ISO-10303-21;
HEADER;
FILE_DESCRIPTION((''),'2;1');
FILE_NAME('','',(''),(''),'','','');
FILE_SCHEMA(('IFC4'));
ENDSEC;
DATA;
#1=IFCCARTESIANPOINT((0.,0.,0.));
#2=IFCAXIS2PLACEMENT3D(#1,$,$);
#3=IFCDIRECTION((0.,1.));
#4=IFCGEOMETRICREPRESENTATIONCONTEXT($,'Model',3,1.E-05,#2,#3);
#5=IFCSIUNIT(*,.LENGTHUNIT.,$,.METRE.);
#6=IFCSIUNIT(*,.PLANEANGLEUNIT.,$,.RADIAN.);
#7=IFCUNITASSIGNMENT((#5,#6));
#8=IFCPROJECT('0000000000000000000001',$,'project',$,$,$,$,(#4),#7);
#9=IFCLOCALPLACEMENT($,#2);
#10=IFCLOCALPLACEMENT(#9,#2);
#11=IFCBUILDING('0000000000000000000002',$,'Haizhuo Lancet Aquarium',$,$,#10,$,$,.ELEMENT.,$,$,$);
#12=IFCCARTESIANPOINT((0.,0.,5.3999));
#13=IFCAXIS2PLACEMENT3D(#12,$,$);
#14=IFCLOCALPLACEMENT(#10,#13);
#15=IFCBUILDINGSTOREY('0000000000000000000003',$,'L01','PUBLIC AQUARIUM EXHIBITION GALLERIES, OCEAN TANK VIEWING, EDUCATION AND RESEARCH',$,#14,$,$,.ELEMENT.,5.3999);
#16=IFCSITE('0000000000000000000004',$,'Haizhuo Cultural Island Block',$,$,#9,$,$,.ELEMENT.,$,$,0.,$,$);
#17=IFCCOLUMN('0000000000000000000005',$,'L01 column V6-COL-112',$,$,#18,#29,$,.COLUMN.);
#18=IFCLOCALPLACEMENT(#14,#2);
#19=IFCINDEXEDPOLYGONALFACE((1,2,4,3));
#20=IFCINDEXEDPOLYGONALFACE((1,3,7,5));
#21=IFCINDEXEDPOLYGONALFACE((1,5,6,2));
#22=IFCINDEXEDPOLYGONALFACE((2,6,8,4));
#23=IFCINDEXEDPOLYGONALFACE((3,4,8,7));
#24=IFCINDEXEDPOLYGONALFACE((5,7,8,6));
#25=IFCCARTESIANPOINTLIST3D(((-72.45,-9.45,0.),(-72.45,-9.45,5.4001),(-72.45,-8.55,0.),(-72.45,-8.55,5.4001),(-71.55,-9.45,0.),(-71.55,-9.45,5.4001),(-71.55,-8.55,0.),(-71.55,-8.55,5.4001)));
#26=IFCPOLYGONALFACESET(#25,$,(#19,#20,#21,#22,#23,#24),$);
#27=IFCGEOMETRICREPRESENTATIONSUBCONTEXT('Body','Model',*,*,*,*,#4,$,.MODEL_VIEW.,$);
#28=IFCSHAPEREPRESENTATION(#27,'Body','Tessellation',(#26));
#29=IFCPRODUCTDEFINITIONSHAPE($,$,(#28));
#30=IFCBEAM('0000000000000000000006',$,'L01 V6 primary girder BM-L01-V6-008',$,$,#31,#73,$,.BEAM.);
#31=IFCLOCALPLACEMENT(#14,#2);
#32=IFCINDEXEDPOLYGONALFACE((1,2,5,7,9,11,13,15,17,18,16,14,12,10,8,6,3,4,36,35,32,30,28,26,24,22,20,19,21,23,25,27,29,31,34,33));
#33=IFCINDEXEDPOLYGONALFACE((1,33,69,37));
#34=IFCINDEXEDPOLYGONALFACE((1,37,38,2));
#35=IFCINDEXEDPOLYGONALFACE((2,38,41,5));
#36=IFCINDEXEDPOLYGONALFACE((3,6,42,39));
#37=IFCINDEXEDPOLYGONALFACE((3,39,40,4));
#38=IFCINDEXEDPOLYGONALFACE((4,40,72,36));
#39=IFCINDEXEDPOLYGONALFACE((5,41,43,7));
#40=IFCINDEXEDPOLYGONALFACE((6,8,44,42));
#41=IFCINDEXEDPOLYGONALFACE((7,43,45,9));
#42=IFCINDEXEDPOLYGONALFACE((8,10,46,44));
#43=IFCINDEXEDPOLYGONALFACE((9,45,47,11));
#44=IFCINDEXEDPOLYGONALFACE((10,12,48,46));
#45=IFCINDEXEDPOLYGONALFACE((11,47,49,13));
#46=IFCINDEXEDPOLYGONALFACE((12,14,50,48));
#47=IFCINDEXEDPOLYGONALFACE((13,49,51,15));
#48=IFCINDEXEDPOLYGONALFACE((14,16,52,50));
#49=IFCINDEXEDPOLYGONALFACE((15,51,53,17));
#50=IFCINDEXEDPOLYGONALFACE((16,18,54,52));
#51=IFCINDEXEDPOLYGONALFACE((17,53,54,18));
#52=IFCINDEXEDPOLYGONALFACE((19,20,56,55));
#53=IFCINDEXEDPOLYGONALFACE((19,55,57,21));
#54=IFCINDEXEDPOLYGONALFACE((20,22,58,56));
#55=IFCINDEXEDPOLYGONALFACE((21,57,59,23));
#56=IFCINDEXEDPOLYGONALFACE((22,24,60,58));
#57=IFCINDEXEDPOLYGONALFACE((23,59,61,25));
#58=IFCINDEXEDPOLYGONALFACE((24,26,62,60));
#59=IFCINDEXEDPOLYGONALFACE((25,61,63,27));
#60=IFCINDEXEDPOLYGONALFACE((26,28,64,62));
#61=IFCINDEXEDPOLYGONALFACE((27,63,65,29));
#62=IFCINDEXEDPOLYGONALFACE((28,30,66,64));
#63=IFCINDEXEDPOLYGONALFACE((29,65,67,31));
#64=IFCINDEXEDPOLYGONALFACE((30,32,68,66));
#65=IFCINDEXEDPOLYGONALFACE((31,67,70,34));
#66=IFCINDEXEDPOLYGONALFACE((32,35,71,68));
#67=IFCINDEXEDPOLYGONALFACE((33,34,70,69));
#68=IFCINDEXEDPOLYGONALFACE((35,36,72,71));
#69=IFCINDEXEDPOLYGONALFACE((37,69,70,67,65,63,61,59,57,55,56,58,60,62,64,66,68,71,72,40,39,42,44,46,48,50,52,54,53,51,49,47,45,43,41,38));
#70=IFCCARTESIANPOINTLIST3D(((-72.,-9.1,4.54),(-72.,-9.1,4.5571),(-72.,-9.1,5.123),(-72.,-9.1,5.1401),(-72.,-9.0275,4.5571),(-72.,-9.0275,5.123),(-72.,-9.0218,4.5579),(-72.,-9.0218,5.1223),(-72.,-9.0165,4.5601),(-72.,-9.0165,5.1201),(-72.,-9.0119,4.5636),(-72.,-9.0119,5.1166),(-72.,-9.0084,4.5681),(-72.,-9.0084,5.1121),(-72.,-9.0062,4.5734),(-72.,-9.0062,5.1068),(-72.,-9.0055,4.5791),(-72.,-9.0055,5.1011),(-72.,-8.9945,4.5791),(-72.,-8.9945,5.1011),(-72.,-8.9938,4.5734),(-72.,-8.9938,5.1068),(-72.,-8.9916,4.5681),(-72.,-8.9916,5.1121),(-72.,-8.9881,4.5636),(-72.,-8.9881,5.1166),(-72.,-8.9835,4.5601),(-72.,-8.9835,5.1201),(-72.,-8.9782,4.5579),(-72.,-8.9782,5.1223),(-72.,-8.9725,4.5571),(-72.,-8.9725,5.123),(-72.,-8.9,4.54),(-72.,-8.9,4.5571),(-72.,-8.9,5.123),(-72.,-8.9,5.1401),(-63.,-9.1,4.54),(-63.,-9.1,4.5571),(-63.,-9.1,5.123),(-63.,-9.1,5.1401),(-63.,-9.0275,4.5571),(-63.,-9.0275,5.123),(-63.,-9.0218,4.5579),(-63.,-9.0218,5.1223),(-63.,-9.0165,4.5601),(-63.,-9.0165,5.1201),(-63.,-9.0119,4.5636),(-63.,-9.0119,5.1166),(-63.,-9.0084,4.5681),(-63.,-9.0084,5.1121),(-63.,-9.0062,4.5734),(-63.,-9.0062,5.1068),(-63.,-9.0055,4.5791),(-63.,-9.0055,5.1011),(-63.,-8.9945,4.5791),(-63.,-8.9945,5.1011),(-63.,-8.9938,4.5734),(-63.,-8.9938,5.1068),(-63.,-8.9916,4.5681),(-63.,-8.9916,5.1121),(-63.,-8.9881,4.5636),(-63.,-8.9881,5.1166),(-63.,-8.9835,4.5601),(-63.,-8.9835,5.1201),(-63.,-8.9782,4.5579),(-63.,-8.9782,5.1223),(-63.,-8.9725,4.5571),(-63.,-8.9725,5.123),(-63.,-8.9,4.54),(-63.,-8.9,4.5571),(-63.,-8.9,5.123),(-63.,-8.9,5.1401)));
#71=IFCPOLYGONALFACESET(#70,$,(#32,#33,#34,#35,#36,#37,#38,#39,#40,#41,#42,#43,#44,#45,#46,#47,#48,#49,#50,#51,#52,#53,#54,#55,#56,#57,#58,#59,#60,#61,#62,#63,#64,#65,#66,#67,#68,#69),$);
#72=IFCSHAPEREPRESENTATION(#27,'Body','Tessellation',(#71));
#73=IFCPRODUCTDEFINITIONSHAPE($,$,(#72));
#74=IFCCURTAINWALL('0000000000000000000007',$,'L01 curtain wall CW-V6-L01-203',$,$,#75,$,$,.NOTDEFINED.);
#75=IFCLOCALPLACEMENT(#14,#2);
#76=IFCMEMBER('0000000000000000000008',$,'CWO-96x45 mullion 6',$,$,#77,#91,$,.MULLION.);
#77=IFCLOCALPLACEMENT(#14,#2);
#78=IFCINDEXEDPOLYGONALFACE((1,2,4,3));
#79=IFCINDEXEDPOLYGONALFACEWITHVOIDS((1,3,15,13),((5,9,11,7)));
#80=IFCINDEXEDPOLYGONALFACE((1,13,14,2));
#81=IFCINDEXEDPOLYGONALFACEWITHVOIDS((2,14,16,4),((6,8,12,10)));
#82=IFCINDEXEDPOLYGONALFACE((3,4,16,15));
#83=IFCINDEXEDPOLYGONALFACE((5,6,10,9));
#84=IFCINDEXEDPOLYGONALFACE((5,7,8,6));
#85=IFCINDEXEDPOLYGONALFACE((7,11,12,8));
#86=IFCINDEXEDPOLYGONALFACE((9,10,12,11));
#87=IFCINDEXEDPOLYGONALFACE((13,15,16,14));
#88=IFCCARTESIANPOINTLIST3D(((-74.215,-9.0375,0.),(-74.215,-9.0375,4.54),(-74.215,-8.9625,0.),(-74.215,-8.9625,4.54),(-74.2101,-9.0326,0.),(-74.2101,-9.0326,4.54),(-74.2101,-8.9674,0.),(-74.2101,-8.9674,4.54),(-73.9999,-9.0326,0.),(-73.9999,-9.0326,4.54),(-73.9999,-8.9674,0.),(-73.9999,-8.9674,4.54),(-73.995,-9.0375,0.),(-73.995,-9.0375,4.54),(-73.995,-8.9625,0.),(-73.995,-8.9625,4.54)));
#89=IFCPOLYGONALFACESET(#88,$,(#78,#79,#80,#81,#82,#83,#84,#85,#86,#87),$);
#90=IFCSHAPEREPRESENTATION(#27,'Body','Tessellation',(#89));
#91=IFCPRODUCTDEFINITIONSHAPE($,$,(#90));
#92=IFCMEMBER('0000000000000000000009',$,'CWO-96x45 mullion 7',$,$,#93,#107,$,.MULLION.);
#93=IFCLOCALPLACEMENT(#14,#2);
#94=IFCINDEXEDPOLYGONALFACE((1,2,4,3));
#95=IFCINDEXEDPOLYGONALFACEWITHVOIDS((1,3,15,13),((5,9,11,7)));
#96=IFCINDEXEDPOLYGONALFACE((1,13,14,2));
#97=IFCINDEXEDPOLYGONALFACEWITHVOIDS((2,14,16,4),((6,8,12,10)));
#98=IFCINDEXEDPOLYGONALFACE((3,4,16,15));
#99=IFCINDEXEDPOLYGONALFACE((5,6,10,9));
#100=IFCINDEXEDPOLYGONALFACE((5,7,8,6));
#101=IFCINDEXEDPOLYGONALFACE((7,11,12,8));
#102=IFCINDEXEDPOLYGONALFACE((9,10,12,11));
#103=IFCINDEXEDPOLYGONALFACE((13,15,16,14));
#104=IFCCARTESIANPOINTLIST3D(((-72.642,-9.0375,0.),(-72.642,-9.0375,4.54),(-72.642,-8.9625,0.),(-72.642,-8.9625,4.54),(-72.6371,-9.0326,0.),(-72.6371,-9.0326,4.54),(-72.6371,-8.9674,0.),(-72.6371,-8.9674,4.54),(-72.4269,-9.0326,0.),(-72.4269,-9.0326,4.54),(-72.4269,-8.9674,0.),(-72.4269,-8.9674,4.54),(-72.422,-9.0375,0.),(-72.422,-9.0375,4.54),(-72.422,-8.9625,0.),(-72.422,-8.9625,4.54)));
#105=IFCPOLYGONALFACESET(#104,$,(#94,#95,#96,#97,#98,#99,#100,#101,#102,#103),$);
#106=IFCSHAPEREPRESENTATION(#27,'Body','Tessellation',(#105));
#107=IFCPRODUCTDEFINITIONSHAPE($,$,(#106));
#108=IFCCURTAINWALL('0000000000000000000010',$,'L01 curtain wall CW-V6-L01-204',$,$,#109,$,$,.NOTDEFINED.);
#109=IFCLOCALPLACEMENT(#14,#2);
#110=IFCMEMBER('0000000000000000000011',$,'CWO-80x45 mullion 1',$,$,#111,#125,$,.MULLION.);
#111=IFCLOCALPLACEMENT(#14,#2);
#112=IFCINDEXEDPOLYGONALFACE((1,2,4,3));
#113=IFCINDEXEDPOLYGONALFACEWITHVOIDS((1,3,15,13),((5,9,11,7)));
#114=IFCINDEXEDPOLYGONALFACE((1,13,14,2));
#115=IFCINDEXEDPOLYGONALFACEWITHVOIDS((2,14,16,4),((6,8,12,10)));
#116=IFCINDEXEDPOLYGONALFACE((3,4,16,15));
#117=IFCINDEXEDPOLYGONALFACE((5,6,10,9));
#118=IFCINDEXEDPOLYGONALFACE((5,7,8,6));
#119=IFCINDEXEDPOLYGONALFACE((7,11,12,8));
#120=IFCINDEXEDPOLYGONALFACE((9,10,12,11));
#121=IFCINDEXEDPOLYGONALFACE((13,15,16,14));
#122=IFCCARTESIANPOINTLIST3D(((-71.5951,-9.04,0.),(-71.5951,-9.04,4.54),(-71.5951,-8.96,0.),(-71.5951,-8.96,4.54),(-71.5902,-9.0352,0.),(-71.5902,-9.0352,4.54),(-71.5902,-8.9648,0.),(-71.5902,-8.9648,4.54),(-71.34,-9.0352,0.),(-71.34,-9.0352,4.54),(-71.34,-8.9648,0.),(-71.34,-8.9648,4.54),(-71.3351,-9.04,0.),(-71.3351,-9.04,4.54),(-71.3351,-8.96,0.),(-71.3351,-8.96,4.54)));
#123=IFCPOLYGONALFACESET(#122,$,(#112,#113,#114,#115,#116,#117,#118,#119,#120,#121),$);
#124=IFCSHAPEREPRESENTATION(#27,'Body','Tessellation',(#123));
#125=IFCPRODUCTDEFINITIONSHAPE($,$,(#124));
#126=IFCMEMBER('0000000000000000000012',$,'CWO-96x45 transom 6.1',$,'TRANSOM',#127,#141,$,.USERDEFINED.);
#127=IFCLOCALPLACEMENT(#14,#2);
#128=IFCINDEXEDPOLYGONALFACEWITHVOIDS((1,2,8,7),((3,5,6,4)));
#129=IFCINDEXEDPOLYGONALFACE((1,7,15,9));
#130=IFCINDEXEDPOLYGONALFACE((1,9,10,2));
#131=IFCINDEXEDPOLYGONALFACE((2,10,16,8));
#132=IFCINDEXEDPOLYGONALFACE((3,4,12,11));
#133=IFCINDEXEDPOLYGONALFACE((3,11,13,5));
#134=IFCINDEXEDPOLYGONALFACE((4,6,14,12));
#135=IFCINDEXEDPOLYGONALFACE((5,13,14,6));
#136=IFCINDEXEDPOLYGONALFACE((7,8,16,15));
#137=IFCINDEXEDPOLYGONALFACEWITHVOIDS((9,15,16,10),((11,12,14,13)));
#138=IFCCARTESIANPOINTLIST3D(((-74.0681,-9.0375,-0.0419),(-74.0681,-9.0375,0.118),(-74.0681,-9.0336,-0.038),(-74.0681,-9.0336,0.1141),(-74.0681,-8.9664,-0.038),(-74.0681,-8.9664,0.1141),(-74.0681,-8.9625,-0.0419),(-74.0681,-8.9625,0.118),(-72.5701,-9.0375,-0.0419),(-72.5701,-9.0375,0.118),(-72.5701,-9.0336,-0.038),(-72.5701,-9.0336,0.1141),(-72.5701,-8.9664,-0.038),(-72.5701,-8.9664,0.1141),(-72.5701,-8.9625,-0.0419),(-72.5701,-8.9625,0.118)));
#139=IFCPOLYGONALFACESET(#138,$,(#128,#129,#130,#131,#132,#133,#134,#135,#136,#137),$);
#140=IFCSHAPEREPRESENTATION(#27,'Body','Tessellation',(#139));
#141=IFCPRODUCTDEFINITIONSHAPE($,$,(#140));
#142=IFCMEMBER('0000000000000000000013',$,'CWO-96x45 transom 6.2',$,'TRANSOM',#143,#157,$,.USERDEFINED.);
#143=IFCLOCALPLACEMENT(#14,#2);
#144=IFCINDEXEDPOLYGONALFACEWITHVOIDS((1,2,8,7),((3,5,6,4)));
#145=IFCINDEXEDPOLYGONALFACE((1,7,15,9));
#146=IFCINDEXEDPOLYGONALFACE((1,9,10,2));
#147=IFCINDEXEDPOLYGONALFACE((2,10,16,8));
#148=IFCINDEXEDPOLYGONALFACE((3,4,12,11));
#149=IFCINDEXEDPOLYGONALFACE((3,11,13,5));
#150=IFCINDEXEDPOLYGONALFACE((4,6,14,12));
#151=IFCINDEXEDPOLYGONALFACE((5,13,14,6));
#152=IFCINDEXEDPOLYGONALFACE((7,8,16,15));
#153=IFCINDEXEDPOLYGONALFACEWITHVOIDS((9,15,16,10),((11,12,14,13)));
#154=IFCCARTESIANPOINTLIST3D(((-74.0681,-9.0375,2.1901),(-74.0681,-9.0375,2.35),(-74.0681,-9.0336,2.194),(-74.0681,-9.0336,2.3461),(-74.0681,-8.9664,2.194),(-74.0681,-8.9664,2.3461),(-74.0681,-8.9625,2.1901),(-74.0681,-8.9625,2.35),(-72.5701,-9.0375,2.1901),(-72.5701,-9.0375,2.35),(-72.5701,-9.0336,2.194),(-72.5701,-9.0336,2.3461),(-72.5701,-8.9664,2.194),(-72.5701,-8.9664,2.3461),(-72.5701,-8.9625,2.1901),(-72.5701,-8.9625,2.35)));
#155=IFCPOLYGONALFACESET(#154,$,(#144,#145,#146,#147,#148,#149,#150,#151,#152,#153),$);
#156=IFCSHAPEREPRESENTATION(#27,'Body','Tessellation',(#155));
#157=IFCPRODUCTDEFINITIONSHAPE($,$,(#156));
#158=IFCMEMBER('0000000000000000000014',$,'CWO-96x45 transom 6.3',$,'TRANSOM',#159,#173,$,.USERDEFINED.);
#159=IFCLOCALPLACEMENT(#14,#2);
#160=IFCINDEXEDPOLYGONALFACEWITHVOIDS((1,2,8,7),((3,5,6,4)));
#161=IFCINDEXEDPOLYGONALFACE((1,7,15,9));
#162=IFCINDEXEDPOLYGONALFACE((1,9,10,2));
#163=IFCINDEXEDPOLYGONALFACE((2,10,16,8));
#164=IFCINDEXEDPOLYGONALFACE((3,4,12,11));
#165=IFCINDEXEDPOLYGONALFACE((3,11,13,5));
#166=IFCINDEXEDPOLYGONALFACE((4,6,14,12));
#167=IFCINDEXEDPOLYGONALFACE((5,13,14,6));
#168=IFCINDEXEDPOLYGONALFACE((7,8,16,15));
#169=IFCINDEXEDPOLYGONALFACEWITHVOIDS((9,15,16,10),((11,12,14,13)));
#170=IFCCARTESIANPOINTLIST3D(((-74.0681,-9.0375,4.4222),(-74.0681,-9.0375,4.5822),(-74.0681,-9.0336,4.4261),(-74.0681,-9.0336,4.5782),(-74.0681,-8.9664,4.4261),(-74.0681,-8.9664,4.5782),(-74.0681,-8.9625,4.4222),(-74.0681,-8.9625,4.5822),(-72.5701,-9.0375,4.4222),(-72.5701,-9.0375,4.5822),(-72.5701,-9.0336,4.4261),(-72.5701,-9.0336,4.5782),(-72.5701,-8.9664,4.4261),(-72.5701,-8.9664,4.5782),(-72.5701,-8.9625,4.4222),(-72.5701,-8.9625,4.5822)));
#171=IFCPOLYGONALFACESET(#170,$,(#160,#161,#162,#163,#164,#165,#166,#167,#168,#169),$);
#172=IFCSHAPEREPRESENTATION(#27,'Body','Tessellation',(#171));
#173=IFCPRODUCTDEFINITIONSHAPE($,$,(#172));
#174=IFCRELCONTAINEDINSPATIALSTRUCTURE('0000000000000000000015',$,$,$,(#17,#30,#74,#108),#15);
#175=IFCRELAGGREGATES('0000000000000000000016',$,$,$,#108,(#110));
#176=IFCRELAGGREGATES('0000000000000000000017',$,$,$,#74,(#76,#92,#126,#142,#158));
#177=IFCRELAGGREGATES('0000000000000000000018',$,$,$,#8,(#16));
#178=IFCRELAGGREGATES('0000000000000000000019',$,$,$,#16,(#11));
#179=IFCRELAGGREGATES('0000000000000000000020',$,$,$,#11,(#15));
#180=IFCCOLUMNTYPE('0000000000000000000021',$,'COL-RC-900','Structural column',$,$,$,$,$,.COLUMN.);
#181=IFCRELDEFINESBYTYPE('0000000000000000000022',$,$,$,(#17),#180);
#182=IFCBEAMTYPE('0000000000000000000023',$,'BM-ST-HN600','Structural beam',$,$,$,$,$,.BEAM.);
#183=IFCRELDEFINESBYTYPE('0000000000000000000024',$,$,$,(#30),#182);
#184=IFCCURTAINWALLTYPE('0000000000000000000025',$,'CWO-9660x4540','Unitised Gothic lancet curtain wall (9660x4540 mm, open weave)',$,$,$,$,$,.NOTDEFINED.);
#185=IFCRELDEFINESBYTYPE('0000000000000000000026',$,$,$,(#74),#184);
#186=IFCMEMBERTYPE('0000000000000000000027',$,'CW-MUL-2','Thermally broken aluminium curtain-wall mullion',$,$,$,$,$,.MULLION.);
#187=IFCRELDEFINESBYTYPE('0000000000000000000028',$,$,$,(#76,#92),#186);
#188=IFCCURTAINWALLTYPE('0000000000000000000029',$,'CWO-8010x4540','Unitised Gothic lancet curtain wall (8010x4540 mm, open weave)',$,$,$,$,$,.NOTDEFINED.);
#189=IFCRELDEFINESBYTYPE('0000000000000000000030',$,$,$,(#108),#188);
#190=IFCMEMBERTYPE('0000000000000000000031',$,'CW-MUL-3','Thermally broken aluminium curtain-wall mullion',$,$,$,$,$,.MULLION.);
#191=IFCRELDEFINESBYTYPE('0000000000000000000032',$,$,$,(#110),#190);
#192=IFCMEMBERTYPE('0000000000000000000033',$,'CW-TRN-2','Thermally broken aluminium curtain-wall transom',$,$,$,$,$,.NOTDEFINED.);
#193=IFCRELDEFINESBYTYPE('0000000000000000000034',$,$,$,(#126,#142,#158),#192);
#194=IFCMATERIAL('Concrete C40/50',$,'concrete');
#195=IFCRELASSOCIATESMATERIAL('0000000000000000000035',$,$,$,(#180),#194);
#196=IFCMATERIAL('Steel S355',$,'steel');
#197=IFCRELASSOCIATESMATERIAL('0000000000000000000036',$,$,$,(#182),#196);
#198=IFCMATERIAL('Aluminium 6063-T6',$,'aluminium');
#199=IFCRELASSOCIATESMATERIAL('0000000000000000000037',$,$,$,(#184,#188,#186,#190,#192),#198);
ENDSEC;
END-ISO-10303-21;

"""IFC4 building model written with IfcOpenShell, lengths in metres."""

from ifc_helpers import new_model, si_unit, direction, frame, origin, origin_2d, place, context, subcontext, project, spatial, rectangle, hollow_rectangle, i_section, extrude, material, material_profile, profile_set, type_object, element, aggregate, save


model = new_model("IFC4")

# Units and contexts
model_context = context("Model", 3, precision=1e-05, world=origin(), true_north=direction((0.0, 1.0)))
body_context = subcontext(model_context, "Body", "Model", "MODEL_VIEW")
ifc_project = project(units=[si_unit("LENGTHUNIT", "METRE"), si_unit("PLANEANGLEUNIT", "RADIAN")], contexts=[model_context])

# Site, building, storey
site_placement = place(None, origin())
site = spatial("IfcSite", under=ifc_project, at=site_placement, Name="Haizhuo Cultural Island Block", CompositionType="ELEMENT", RefElevation=0.0)
building_placement = place(site_placement, origin())
building = spatial("IfcBuilding", under=site, at=building_placement, Name="Haizhuo Lancet Aquarium", CompositionType="ELEMENT")
storey_placement = place(building_placement, frame((0.0, 0.0, 5.3999)))
storey = spatial("IfcBuildingStorey", under=building, at=storey_placement, Name="L01", Description="PUBLIC AQUARIUM EXHIBITION GALLERIES, OCEAN TANK VIEWING, EDUCATION AND RESEARCH", CompositionType="ELEMENT", Elevation=5.3999)

# Column
ifc_material_1 = material(Name="Concrete C40/50", Category="concrete")
ifc_material_profile_1 = material_profile(ifc_material_1, rectangle(XDim=0.8999, YDim=0.8999, at=origin_2d()), Name="RC-COL 900x900")
ifc_profile_set_1 = profile_set([ifc_material_profile_1], Name="Concrete C40/50")
column_type = type_object("IfcColumnType", Name="COL-RC-900", Description="Structural column", PredefinedType="COLUMN", material=ifc_profile_set_1)
column_placement = place(storey_placement, frame((-72.0, -9.0, 0.0), z_axis=(0.0, 0.0, 1.0), x_axis=(1.0, 0.0, 0.0)))
element("IfcColumn", 1, at=column_placement, inside=storey, type_object=column_type, Name="L01 column V6-COL-112", PredefinedType="COLUMN", context=body_context, shape_type="SweptSolid", body=[
    extrude(rectangle(XDim=0.8999, YDim=0.8999, at=origin_2d()), origin(), (0.0, 0.0, 1.0), 5.4001),
])

# Beam
ifc_material_2 = material(Name="Steel S355", Category="steel")
ifc_material_profile_2 = material_profile(ifc_material_2, i_section(OverallWidth=0.2, OverallDepth=0.6001, WebThickness=0.011, FlangeThickness=0.0171, FilletRadius=0.022, at=origin_2d()), Name="HN 600x200x11x17")
ifc_profile_set_2 = profile_set([ifc_material_profile_2], Name="Steel S355")
beam_type_1 = type_object("IfcBeamType", Name="BM-ST-HN600", Description="Structural beam", PredefinedType="BEAM", material=ifc_profile_set_2)
beam_1_placement = place(storey_placement, frame((-72.0, -9.0, 4.8401), z_axis=(1.0, 0.0, 0.0), x_axis=(0.0, 1.0, 0.0)))
element("IfcBeam", 2, at=beam_1_placement, inside=storey, type_object=beam_type_1, Name="L01 V6 primary girder BM-L01-V6-008", PredefinedType="BEAM", context=body_context, shape_type="SweptSolid", body=[
    extrude(i_section(OverallWidth=0.2, OverallDepth=0.6001, WebThickness=0.011, FlangeThickness=0.0171, FilletRadius=0.022, at=origin_2d()), origin(), (0.0, 0.0, 1.0), 9.0),
])

# Curtain wall, members
ifc_material_3 = material(Name="Aluminium 6063-T6", Category="aluminium")
curtain_wall_type_1 = type_object("IfcCurtainWallType", Name="CWO-9660x4540", Description="Unitised Gothic lancet curtain wall (9660x4540 mm, open weave)", PredefinedType="NOTDEFINED", material=ifc_material_3)
curtain_wall_1_placement = place(storey_placement, origin())
curtain_wall_1 = element("IfcCurtainWall", 3, at=curtain_wall_1_placement, inside=storey, type_object=curtain_wall_type_1, Name="L01 curtain wall CW-V6-L01-203", PredefinedType="NOTDEFINED")
ifc_material_profile_3 = material_profile(ifc_material_3, hollow_rectangle(XDim=0.075, YDim=0.22, WallThickness=0.0049, at=origin_2d()), Name="ALU-M 75x220x5")
ifc_profile_set_3 = profile_set([ifc_material_profile_3], Name="Aluminium 6063-T6")
member_type_1 = type_object("IfcMemberType", Name="CW-MUL-2", Description="Thermally broken aluminium curtain-wall mullion", PredefinedType="MULLION", material=ifc_profile_set_3)
member_1_placement = place(storey_placement, frame((-74.105, -9.0, 0.0), z_axis=(0.0, 0.0, 1.0), x_axis=(0.0, 1.0, 0.0)))
member_1 = element("IfcMember", 4, at=member_1_placement, type_object=member_type_1, Name="CWO-96x45 mullion 6", PredefinedType="MULLION", context=body_context, shape_type="SweptSolid", body=[
    extrude(hollow_rectangle(XDim=0.075, YDim=0.22, WallThickness=0.0049, at=origin_2d()), origin(), (0.0, 0.0, 1.0), 4.54),
])
member_2_placement = place(storey_placement, frame((-72.532, -9.0, 0.0), z_axis=(0.0, 0.0, 1.0), x_axis=(0.0, 1.0, 0.0)))
member_2 = element("IfcMember", 5, at=member_2_placement, type_object=member_type_1, Name="CWO-96x45 mullion 7", PredefinedType="MULLION", context=body_context, shape_type="SweptSolid", body=[
    extrude(hollow_rectangle(XDim=0.075, YDim=0.22, WallThickness=0.0049, at=origin_2d()), origin(), (0.0, 0.0, 1.0), 4.54),
])

# Curtain wall, member
curtain_wall_type_2 = type_object("IfcCurtainWallType", Name="CWO-8010x4540", Description="Unitised Gothic lancet curtain wall (8010x4540 mm, open weave)", PredefinedType="NOTDEFINED", material=ifc_material_3)
curtain_wall_2_placement = place(storey_placement, origin())
curtain_wall_2 = element("IfcCurtainWall", 6, at=curtain_wall_2_placement, inside=storey, type_object=curtain_wall_type_2, Name="L01 curtain wall CW-V6-L01-204", PredefinedType="NOTDEFINED")
ifc_material_profile_4 = material_profile(ifc_material_3, hollow_rectangle(XDim=0.0801, YDim=0.26, WallThickness=0.0049, at=origin_2d()), Name="ALU-M 80x260x5")
ifc_profile_set_4 = profile_set([ifc_material_profile_4], Name="Aluminium 6063-T6")
member_type_2 = type_object("IfcMemberType", Name="CW-MUL-3", Description="Thermally broken aluminium curtain-wall mullion", PredefinedType="MULLION", material=ifc_profile_set_4)
member_3_placement = place(storey_placement, frame((-71.4651, -9.0, 0.0), z_axis=(0.0, 0.0, 1.0), x_axis=(0.0, 1.0, 0.0)))
member_3 = element("IfcMember", 7, at=member_3_placement, type_object=member_type_2, Name="CWO-80x45 mullion 1", PredefinedType="MULLION", context=body_context, shape_type="SweptSolid", body=[
    extrude(hollow_rectangle(XDim=0.0801, YDim=0.26, WallThickness=0.0049, at=origin_2d()), origin(), (0.0, 0.0, 1.0), 4.54),
])

# Members
ifc_material_profile_5 = material_profile(ifc_material_3, hollow_rectangle(XDim=0.075, YDim=0.1599, WallThickness=0.0039, at=origin_2d()), Name="ALU-T 75x160x4")
ifc_profile_set_5 = profile_set([ifc_material_profile_5], Name="Aluminium 6063-T6")
member_type_3 = type_object("IfcMemberType", Name="CW-TRN-2", Description="Thermally broken aluminium curtain-wall transom", PredefinedType="NOTDEFINED", material=ifc_profile_set_5)
member_4_placement = place(storey_placement, frame((-74.0681, -9.0, 0.0381), z_axis=(1.0, 0.0, 0.0), x_axis=(0.0, 1.0, 0.0)))
member_4 = element("IfcMember", 8, at=member_4_placement, type_object=member_type_3, Name="CWO-96x45 transom 6.1", ObjectType="TRANSOM", PredefinedType="USERDEFINED", context=body_context, shape_type="SweptSolid", body=[
    extrude(hollow_rectangle(XDim=0.075, YDim=0.1599, WallThickness=0.0039, at=origin_2d()), origin(), (0.0, 0.0, 1.0), 1.498),
])
member_5_placement = place(storey_placement, frame((-74.0681, -9.0, 2.27), z_axis=(1.0, 0.0, 0.0), x_axis=(0.0, 1.0, 0.0)))
member_5 = element("IfcMember", 9, at=member_5_placement, type_object=member_type_3, Name="CWO-96x45 transom 6.2", ObjectType="TRANSOM", PredefinedType="USERDEFINED", context=body_context, shape_type="SweptSolid", body=[
    extrude(hollow_rectangle(XDim=0.075, YDim=0.1599, WallThickness=0.0039, at=origin_2d()), origin(), (0.0, 0.0, 1.0), 1.498),
])
member_6_placement = place(storey_placement, frame((-74.0681, -9.0, 4.5022), z_axis=(1.0, 0.0, 0.0), x_axis=(0.0, 1.0, 0.0)))
member_6 = element("IfcMember", 10, at=member_6_placement, type_object=member_type_3, Name="CWO-96x45 transom 6.3", ObjectType="TRANSOM", PredefinedType="USERDEFINED", context=body_context, shape_type="SweptSolid", body=[
    extrude(hollow_rectangle(XDim=0.075, YDim=0.1599, WallThickness=0.0039, at=origin_2d()), origin(), (0.0, 0.0, 1.0), 1.498),
])
aggregate(curtain_wall_2, [member_3])

aggregate(curtain_wall_1, [member_1, member_2, member_4, member_5, member_6])

save(model, "model.ifc")
